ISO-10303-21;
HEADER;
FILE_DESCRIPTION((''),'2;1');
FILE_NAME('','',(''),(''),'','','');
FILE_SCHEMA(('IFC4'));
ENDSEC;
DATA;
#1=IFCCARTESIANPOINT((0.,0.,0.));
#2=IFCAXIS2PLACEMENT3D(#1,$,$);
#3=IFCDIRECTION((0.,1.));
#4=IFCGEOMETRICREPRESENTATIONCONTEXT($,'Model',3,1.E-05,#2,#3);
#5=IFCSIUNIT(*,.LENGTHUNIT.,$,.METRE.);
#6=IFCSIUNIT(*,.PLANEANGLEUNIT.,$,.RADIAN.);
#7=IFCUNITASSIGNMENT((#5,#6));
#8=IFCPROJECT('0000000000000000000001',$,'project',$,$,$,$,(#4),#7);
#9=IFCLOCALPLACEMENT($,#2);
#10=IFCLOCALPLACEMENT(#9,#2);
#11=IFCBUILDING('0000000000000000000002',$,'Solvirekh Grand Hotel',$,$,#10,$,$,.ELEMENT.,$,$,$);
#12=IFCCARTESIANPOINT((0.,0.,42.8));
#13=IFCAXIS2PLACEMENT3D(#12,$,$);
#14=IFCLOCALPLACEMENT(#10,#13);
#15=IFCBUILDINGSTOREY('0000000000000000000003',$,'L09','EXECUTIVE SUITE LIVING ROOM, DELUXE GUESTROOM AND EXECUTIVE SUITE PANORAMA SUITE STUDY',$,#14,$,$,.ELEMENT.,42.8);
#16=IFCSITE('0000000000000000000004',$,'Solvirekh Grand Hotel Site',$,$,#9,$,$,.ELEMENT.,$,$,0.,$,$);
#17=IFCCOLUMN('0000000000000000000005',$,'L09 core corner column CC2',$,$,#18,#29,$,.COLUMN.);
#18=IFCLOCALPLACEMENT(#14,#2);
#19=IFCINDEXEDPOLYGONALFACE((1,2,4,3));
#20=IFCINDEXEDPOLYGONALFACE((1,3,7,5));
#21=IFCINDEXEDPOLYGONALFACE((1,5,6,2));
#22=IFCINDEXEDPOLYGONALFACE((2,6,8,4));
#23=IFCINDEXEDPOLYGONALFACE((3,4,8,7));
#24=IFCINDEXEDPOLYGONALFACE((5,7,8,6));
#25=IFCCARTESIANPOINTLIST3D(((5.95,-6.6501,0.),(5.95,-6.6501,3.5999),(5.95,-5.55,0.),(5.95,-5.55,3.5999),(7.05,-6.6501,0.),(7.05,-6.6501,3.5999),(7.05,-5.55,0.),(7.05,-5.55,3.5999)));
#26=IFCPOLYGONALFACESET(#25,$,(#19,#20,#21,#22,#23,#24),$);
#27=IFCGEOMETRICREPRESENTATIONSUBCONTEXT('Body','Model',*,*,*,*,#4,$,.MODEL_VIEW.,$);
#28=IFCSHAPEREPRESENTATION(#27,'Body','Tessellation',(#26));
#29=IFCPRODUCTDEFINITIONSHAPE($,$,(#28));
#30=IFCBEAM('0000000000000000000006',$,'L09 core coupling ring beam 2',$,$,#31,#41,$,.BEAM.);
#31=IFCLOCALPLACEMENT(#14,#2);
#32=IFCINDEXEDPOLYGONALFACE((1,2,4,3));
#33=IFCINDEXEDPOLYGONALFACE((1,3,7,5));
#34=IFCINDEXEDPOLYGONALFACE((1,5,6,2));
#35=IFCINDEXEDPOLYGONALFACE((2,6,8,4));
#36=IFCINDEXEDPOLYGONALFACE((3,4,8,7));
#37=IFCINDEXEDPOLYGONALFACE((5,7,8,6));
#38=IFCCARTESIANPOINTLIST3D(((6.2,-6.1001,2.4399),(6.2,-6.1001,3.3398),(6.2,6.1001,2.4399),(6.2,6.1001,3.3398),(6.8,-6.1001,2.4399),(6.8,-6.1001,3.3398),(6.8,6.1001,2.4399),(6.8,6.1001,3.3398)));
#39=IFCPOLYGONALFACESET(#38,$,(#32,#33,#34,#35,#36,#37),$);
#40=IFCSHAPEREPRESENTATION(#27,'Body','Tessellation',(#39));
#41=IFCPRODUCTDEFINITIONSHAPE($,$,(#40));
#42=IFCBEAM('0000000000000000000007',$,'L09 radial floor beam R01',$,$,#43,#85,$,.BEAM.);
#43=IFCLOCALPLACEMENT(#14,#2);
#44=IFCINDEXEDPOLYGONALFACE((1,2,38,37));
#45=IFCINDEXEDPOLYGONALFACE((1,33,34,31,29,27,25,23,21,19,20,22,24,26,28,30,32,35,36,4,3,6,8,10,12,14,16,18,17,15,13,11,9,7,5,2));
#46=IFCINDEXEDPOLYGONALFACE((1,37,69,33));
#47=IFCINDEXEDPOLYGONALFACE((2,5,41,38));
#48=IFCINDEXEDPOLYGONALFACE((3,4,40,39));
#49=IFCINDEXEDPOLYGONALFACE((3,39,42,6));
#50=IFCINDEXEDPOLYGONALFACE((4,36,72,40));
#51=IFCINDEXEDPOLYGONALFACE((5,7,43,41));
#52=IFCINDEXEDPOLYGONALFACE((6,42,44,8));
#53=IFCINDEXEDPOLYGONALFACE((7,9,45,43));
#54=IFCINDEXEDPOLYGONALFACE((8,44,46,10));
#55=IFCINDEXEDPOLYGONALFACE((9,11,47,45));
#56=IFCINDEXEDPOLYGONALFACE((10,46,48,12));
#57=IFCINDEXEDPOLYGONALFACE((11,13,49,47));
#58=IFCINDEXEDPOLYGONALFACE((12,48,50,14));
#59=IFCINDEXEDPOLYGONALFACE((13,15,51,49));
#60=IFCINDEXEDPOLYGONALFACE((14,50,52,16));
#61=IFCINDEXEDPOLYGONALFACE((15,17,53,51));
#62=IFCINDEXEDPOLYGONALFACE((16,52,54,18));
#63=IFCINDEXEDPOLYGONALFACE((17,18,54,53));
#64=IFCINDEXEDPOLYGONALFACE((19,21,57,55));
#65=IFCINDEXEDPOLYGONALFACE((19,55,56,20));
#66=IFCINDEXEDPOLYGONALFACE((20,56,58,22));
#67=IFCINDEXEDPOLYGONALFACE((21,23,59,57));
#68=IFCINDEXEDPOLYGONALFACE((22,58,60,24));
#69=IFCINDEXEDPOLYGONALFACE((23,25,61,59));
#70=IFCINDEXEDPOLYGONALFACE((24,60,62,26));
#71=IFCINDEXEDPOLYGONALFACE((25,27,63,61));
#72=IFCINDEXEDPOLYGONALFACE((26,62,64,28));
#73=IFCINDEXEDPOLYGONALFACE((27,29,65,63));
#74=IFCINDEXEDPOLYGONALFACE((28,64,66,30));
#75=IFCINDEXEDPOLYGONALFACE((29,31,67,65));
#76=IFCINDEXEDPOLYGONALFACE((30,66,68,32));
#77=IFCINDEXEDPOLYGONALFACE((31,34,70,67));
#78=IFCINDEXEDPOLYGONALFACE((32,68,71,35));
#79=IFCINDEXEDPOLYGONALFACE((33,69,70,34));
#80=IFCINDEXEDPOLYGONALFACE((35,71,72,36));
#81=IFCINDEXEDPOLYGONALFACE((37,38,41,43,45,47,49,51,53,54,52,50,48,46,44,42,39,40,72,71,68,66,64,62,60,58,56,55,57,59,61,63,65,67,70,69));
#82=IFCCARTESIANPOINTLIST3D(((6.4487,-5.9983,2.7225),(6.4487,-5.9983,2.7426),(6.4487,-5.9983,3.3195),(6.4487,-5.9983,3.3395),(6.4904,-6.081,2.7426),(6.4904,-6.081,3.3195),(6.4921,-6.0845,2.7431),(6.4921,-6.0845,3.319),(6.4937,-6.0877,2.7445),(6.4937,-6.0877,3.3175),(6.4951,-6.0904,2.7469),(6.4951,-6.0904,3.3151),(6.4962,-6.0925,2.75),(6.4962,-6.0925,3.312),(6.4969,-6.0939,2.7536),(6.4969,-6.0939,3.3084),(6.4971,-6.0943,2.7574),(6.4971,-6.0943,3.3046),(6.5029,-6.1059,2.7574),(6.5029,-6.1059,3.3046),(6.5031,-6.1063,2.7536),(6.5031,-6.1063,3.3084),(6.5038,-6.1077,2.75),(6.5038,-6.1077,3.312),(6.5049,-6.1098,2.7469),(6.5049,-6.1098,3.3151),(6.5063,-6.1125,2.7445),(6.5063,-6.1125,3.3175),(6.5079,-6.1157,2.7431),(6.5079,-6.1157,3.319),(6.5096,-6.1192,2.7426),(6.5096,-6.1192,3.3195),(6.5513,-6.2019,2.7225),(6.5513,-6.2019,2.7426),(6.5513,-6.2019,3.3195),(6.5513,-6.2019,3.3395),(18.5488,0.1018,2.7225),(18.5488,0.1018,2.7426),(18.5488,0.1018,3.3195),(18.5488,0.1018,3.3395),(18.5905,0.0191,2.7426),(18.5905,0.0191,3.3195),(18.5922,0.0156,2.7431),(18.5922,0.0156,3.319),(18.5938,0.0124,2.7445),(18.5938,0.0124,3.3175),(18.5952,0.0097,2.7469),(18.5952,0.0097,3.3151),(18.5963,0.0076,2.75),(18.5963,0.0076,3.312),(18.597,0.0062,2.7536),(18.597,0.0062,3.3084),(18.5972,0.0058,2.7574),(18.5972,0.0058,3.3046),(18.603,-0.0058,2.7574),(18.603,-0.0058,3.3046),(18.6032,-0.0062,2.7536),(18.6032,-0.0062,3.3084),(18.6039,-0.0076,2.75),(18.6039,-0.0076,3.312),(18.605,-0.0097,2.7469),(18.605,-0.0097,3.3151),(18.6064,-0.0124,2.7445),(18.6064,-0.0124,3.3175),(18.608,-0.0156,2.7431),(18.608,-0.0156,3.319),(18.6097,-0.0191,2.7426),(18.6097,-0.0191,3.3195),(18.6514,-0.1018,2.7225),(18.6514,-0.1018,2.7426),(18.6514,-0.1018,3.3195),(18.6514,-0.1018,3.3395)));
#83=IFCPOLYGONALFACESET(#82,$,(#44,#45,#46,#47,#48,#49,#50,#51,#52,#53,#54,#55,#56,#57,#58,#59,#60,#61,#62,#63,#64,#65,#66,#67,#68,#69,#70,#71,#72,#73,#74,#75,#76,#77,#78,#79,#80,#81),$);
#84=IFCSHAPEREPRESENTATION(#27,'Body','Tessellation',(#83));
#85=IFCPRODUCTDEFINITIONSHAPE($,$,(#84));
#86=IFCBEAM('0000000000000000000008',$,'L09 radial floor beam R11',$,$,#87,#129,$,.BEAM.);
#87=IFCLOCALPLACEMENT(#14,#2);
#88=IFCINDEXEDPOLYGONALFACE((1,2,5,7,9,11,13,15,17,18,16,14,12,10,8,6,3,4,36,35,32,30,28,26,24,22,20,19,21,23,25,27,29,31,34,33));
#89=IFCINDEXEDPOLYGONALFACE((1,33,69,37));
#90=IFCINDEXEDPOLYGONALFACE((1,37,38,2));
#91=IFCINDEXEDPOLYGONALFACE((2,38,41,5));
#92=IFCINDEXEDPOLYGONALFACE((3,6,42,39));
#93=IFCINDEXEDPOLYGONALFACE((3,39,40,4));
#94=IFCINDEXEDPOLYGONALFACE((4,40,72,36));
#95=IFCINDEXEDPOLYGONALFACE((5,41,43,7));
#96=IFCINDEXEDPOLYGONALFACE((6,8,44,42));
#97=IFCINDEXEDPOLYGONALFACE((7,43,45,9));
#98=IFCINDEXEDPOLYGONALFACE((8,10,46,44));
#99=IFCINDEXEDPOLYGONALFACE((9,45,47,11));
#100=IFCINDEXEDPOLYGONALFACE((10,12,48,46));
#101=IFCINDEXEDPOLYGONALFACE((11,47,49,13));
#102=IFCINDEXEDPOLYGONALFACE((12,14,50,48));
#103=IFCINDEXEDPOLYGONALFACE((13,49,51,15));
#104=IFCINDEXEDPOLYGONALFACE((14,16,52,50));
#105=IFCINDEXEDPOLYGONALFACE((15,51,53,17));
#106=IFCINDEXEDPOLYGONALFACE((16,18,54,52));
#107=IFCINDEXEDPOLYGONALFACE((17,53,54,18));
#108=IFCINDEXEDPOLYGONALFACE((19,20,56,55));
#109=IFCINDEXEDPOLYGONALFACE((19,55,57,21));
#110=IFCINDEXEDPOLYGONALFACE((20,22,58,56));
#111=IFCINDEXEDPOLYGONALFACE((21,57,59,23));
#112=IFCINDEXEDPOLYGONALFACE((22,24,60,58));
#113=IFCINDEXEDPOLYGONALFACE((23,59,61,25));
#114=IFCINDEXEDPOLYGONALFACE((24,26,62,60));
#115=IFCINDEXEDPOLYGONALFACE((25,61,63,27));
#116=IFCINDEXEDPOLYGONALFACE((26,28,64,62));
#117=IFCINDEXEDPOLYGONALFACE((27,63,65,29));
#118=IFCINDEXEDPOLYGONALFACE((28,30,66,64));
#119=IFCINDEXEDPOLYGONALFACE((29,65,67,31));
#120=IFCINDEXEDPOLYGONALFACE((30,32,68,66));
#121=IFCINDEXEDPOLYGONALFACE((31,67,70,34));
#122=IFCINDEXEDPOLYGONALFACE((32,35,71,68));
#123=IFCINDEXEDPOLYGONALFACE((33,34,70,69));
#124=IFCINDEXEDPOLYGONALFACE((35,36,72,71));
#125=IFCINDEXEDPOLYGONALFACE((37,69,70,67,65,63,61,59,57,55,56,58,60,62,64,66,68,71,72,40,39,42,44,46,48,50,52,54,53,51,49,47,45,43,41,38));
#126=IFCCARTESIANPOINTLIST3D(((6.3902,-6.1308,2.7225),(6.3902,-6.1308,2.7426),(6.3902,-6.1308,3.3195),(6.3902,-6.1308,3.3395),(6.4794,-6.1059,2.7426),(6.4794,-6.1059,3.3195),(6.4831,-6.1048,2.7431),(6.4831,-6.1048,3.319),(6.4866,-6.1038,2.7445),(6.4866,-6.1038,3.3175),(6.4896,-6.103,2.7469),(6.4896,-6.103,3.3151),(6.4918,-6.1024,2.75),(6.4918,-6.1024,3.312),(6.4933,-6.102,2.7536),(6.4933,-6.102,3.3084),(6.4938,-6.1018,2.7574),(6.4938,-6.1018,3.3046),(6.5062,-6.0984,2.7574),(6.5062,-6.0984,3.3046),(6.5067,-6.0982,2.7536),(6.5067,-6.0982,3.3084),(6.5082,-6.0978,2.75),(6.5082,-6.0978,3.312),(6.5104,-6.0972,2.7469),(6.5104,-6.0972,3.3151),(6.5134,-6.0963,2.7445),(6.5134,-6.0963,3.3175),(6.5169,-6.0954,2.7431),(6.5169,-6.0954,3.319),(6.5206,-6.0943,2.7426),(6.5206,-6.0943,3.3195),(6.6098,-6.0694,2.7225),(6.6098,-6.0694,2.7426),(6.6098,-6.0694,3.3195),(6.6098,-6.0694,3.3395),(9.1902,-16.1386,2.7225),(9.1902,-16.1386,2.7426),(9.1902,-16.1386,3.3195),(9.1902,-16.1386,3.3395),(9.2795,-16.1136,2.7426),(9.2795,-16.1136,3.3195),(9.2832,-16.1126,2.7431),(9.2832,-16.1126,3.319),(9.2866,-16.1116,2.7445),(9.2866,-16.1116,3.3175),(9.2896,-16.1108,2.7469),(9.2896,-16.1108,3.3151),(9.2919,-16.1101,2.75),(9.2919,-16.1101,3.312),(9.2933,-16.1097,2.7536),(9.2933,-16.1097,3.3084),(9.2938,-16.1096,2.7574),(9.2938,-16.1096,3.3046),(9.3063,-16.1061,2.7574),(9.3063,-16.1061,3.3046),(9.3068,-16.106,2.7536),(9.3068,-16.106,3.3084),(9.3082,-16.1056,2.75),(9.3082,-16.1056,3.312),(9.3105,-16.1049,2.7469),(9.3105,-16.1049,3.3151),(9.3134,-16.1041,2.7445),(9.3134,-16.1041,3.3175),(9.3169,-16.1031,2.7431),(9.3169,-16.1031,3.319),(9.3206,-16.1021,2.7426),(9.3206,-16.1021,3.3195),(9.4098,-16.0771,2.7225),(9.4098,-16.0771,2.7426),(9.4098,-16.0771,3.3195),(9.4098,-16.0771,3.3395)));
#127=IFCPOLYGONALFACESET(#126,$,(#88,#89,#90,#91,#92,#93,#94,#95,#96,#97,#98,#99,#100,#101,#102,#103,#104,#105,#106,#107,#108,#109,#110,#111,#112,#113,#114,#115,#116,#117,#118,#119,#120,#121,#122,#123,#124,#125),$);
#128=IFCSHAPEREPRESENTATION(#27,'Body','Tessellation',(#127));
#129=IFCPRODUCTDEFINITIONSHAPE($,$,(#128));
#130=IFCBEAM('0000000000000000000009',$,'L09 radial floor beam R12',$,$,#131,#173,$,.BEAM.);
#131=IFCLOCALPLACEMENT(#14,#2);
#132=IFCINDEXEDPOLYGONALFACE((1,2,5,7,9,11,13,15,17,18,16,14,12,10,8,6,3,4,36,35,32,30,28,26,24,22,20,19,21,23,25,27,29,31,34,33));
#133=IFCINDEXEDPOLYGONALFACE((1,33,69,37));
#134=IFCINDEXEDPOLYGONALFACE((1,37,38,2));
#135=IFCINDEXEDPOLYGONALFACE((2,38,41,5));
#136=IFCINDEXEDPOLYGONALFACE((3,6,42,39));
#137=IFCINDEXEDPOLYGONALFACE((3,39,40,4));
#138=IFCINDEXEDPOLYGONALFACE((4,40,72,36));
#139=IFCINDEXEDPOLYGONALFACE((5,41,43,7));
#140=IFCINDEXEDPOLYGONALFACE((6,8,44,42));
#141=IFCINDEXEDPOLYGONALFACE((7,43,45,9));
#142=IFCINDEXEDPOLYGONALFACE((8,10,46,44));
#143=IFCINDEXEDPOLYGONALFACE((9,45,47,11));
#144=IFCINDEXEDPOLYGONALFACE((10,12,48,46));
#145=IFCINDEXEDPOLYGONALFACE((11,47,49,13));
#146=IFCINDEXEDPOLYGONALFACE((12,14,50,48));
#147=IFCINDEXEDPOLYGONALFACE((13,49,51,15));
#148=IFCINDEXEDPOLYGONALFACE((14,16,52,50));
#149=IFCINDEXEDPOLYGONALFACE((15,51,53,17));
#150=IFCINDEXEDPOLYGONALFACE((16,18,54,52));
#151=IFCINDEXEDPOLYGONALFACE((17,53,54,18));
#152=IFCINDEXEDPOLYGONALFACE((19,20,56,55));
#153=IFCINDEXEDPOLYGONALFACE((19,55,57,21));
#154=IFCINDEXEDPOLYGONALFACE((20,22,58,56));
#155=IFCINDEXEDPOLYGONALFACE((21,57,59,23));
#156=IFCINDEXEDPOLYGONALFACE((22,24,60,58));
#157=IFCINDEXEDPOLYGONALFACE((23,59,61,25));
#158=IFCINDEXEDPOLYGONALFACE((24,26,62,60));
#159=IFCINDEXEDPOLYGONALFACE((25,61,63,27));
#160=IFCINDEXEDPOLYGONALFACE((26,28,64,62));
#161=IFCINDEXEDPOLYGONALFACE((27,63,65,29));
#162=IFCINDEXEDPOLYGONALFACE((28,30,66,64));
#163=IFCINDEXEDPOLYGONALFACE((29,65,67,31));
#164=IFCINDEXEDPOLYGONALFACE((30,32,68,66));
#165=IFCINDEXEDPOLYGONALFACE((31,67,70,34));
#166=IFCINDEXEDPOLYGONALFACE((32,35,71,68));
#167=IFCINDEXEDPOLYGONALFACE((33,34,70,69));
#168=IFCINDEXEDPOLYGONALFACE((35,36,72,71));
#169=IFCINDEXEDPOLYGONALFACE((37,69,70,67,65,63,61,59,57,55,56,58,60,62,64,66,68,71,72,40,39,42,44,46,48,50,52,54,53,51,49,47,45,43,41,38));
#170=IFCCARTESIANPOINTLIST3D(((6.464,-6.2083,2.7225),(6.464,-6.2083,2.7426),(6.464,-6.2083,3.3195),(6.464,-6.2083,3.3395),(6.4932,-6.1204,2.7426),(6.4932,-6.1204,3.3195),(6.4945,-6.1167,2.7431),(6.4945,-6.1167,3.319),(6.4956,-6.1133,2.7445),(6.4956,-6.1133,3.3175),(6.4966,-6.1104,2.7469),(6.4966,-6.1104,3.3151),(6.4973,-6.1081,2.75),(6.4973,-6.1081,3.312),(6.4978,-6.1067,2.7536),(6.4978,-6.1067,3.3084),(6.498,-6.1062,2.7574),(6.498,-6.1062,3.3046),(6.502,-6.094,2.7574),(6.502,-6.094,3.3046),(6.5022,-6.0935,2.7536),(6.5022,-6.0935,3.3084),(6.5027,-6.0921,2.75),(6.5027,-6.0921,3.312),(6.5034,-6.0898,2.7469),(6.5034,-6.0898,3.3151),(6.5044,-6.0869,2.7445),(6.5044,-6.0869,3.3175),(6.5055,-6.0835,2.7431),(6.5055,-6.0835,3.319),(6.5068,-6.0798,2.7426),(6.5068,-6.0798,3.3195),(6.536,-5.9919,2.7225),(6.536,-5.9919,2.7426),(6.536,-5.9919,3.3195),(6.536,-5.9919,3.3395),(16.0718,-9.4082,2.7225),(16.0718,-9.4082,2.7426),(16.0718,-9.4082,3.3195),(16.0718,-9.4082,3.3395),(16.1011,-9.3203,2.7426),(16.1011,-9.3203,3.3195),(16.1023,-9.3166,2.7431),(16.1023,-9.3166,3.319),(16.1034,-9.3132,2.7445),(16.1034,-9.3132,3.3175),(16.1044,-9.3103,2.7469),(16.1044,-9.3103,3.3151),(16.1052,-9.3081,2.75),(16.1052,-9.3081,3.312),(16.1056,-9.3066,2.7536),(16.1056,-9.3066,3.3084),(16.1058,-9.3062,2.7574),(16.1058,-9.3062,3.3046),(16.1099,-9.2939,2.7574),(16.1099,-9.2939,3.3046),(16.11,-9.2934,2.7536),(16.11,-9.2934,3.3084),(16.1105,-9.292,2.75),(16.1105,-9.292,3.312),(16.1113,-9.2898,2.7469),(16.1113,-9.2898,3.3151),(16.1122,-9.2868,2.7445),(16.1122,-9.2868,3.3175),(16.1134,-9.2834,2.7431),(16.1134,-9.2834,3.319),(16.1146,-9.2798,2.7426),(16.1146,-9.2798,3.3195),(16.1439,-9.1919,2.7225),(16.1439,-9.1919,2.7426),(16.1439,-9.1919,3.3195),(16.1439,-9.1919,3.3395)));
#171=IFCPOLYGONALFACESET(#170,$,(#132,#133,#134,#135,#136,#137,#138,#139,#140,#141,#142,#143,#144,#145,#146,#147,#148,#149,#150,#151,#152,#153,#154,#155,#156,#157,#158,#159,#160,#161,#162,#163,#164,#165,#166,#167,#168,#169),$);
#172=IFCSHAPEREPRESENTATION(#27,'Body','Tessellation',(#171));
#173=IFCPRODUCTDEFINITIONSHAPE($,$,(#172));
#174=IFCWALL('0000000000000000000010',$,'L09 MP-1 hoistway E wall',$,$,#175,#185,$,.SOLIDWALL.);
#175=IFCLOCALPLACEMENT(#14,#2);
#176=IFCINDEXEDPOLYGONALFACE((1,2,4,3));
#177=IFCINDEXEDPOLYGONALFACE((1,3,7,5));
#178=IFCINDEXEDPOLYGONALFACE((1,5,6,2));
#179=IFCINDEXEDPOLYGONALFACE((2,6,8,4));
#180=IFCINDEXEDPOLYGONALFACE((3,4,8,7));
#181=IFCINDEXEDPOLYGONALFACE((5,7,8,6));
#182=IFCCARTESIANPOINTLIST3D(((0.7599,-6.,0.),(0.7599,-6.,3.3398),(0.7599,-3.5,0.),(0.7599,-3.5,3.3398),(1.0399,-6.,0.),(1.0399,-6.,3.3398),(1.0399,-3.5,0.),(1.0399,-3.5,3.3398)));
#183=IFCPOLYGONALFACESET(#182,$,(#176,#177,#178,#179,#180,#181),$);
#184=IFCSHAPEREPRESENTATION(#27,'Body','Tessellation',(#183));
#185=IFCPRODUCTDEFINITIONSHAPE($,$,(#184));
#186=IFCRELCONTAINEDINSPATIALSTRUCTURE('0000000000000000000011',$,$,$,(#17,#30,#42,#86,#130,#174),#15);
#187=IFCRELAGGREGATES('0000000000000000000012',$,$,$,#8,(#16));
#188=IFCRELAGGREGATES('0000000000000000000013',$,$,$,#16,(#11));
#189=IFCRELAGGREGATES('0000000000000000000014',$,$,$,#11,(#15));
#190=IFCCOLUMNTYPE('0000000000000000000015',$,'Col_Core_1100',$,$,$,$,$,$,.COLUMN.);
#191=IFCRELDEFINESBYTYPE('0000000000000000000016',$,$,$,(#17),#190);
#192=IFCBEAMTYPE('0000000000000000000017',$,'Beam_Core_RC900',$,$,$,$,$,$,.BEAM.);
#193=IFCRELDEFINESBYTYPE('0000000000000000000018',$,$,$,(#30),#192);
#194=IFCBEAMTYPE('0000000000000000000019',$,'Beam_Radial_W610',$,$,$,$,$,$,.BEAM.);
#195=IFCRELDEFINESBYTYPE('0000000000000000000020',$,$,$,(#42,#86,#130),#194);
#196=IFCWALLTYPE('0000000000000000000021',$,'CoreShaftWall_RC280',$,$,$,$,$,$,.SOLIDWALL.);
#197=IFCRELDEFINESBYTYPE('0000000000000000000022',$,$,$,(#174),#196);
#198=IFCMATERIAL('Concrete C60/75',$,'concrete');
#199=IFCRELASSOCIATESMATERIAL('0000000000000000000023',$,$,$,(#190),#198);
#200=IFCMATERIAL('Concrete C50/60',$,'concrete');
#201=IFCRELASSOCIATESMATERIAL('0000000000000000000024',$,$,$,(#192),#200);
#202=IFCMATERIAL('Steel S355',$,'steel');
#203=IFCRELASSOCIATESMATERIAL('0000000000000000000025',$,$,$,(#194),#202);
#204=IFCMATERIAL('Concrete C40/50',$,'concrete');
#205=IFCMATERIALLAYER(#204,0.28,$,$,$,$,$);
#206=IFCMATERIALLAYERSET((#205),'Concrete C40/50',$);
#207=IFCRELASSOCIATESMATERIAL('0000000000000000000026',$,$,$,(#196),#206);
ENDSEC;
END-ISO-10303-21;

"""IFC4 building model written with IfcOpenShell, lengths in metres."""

from ifc_helpers import new_model, si_unit, direction, frame, frame_2d, origin, origin_2d, place, context, subcontext, project, spatial, rectangle, i_section, extrude, material, layer, layer_set, material_profile, profile_set, type_object, element, save


model = new_model("IFC4")

# Units and contexts
model_context = context("Model", 3, precision=1e-05, world=origin(), true_north=direction((0.0, 1.0)))
body_context = subcontext(model_context, "Body", "Model", "MODEL_VIEW")
ifc_project = project(units=[si_unit("LENGTHUNIT", "METRE"), si_unit("PLANEANGLEUNIT", "RADIAN")], contexts=[model_context])

# Site, building, storey
site_placement = place(None, origin())
site = spatial("IfcSite", under=ifc_project, at=site_placement, Name="Solvirekh Grand Hotel Site", CompositionType="ELEMENT", RefElevation=0.0)
building_placement = place(site_placement, origin())
building = spatial("IfcBuilding", under=site, at=building_placement, Name="Solvirekh Grand Hotel", CompositionType="ELEMENT")
storey_placement = place(building_placement, frame((0.0, 0.0, 42.8)))
storey = spatial("IfcBuildingStorey", under=building, at=storey_placement, Name="L09", Description="EXECUTIVE SUITE LIVING ROOM, DELUXE GUESTROOM AND EXECUTIVE SUITE PANORAMA SUITE STUDY", CompositionType="ELEMENT", Elevation=42.8)

# Column
ifc_material_1 = material(Name="Concrete C60/75", Category="concrete")
ifc_material_profile_1 = material_profile(ifc_material_1, rectangle(XDim=1.1001, YDim=1.1001, at=origin_2d()), Name="RC 1100X1100")
ifc_profile_set_1 = profile_set([ifc_material_profile_1], Name="Concrete C60/75")
column_type = type_object("IfcColumnType", Name="Col_Core_1100", PredefinedType="COLUMN", material=ifc_profile_set_1)
column_placement = place(storey_placement, frame((6.5, -6.1001, 0.0), z_axis=(0.0, 0.0, 1.0), x_axis=(1.0, 0.0, 0.0)))
element("IfcColumn", 1, at=column_placement, inside=storey, type_object=column_type, Name="L09 core corner column CC2", PredefinedType="COLUMN", context=body_context, shape_type="SweptSolid", body=[
    extrude(rectangle(XDim=1.1001, YDim=1.1001, at=origin_2d()), origin(), (0.0, 0.0, 1.0), 3.5999),
])

# Beams
ifc_material_2 = material(Name="Concrete C50/60", Category="concrete")
ifc_material_profile_2 = material_profile(ifc_material_2, rectangle(XDim=0.6001, YDim=0.8999, at=origin_2d()), Name="RC BEAM 600X900")
ifc_profile_set_2 = profile_set([ifc_material_profile_2], Name="Concrete C50/60")
beam_type_1 = type_object("IfcBeamType", Name="Beam_Core_RC900", PredefinedType="BEAM", material=ifc_profile_set_2)
beam_1_placement = place(storey_placement, frame((6.5, -6.1001, 2.8899), z_axis=(0.0, 1.0, 0.0), x_axis=(-1.0, 0.0, 0.0)))
element("IfcBeam", 2, at=beam_1_placement, inside=storey, type_object=beam_type_1, Name="L09 core coupling ring beam 2", PredefinedType="BEAM", context=body_context, shape_type="SweptSolid", body=[
    extrude(rectangle(XDim=0.6001, YDim=0.8999, at=origin_2d()), origin(), (0.0, 0.0, 1.0), 12.2002),
])
ifc_material_3 = material(Name="Steel S355", Category="steel")
ifc_material_profile_3 = material_profile(ifc_material_3, i_section(OverallWidth=0.228, OverallDepth=0.6169, WebThickness=0.0129, FlangeThickness=0.02, FilletRadius=0.0149, at=origin_2d()), Name="W610X140")
ifc_profile_set_3 = profile_set([ifc_material_profile_3], Name="Steel S355")
beam_type_2 = type_object("IfcBeamType", Name="Beam_Radial_W610", PredefinedType="BEAM", material=ifc_profile_set_3)
beam_2_placement = place(storey_placement, frame((6.5, -6.1001, 3.031), z_axis=(0.892945, 0.450166, 0.0), x_axis=(-0.450166, 0.892945, 0.0)))
element("IfcBeam", 3, at=beam_2_placement, inside=storey, type_object=beam_type_2, Name="L09 radial floor beam R01", PredefinedType="BEAM", context=body_context, shape_type="SweptSolid", body=[
    extrude(i_section(OverallWidth=0.228, OverallDepth=0.6169, WebThickness=0.0129, FlangeThickness=0.02, FilletRadius=0.0149, at=origin_2d()), origin(), (0.0, 0.0, 1.0), 13.5508),
])
beam_3_placement = place(storey_placement, frame((6.5, -6.1001, 3.031), z_axis=(0.269439, -0.963017, 0.0), x_axis=(0.963017, 0.269439, 0.0)))
element("IfcBeam", 4, at=beam_3_placement, inside=storey, type_object=beam_type_2, Name="L09 radial floor beam R11", PredefinedType="BEAM", context=body_context, shape_type="SweptSolid", body=[
    extrude(i_section(OverallWidth=0.228, OverallDepth=0.6169, WebThickness=0.0129, FlangeThickness=0.02, FilletRadius=0.0149, at=origin_2d()), origin(), (0.0, 0.0, 1.0), 10.3921),
])
beam_4_placement = place(storey_placement, frame((6.5, -6.1001, 3.031), z_axis=(0.948763, -0.315989, 0.0), x_axis=(0.315989, 0.948763, 0.0)))
element("IfcBeam", 5, at=beam_4_placement, inside=storey, type_object=beam_type_2, Name="L09 radial floor beam R12", PredefinedType="BEAM", context=body_context, shape_type="SweptSolid", body=[
    extrude(i_section(OverallWidth=0.228, OverallDepth=0.6169, WebThickness=0.0129, FlangeThickness=0.02, FilletRadius=0.0149, at=origin_2d()), origin(), (0.0, 0.0, 1.0), 10.1267),
])

# Wall
ifc_material_4 = material(Name="Concrete C40/50", Category="concrete")
ifc_layer_1 = layer(ifc_material_4, 0.28)
ifc_layer_set_1 = layer_set([ifc_layer_1], Name="Concrete C40/50")
wall_type_1 = type_object("IfcWallType", Name="CoreShaftWall_RC280", PredefinedType="SOLIDWALL", material=ifc_layer_set_1)
wall_1_placement = place(storey_placement, frame((0.8999, -6.0, 0.0), z_axis=(0.0, 0.0, 1.0), x_axis=(0.0, 1.0, 0.0)))
element("IfcWall", 6, at=wall_1_placement, inside=storey, type_object=wall_type_1, Name="L09 MP-1 hoistway E wall", PredefinedType="SOLIDWALL", context=body_context, shape_type="SweptSolid", body=[
    extrude(rectangle(XDim=2.5, YDim=0.28, at=frame_2d((1.25, 0.0))), origin(), (0.0, 0.0, 1.0), 3.3398),
])

save(model, "model.ifc")
